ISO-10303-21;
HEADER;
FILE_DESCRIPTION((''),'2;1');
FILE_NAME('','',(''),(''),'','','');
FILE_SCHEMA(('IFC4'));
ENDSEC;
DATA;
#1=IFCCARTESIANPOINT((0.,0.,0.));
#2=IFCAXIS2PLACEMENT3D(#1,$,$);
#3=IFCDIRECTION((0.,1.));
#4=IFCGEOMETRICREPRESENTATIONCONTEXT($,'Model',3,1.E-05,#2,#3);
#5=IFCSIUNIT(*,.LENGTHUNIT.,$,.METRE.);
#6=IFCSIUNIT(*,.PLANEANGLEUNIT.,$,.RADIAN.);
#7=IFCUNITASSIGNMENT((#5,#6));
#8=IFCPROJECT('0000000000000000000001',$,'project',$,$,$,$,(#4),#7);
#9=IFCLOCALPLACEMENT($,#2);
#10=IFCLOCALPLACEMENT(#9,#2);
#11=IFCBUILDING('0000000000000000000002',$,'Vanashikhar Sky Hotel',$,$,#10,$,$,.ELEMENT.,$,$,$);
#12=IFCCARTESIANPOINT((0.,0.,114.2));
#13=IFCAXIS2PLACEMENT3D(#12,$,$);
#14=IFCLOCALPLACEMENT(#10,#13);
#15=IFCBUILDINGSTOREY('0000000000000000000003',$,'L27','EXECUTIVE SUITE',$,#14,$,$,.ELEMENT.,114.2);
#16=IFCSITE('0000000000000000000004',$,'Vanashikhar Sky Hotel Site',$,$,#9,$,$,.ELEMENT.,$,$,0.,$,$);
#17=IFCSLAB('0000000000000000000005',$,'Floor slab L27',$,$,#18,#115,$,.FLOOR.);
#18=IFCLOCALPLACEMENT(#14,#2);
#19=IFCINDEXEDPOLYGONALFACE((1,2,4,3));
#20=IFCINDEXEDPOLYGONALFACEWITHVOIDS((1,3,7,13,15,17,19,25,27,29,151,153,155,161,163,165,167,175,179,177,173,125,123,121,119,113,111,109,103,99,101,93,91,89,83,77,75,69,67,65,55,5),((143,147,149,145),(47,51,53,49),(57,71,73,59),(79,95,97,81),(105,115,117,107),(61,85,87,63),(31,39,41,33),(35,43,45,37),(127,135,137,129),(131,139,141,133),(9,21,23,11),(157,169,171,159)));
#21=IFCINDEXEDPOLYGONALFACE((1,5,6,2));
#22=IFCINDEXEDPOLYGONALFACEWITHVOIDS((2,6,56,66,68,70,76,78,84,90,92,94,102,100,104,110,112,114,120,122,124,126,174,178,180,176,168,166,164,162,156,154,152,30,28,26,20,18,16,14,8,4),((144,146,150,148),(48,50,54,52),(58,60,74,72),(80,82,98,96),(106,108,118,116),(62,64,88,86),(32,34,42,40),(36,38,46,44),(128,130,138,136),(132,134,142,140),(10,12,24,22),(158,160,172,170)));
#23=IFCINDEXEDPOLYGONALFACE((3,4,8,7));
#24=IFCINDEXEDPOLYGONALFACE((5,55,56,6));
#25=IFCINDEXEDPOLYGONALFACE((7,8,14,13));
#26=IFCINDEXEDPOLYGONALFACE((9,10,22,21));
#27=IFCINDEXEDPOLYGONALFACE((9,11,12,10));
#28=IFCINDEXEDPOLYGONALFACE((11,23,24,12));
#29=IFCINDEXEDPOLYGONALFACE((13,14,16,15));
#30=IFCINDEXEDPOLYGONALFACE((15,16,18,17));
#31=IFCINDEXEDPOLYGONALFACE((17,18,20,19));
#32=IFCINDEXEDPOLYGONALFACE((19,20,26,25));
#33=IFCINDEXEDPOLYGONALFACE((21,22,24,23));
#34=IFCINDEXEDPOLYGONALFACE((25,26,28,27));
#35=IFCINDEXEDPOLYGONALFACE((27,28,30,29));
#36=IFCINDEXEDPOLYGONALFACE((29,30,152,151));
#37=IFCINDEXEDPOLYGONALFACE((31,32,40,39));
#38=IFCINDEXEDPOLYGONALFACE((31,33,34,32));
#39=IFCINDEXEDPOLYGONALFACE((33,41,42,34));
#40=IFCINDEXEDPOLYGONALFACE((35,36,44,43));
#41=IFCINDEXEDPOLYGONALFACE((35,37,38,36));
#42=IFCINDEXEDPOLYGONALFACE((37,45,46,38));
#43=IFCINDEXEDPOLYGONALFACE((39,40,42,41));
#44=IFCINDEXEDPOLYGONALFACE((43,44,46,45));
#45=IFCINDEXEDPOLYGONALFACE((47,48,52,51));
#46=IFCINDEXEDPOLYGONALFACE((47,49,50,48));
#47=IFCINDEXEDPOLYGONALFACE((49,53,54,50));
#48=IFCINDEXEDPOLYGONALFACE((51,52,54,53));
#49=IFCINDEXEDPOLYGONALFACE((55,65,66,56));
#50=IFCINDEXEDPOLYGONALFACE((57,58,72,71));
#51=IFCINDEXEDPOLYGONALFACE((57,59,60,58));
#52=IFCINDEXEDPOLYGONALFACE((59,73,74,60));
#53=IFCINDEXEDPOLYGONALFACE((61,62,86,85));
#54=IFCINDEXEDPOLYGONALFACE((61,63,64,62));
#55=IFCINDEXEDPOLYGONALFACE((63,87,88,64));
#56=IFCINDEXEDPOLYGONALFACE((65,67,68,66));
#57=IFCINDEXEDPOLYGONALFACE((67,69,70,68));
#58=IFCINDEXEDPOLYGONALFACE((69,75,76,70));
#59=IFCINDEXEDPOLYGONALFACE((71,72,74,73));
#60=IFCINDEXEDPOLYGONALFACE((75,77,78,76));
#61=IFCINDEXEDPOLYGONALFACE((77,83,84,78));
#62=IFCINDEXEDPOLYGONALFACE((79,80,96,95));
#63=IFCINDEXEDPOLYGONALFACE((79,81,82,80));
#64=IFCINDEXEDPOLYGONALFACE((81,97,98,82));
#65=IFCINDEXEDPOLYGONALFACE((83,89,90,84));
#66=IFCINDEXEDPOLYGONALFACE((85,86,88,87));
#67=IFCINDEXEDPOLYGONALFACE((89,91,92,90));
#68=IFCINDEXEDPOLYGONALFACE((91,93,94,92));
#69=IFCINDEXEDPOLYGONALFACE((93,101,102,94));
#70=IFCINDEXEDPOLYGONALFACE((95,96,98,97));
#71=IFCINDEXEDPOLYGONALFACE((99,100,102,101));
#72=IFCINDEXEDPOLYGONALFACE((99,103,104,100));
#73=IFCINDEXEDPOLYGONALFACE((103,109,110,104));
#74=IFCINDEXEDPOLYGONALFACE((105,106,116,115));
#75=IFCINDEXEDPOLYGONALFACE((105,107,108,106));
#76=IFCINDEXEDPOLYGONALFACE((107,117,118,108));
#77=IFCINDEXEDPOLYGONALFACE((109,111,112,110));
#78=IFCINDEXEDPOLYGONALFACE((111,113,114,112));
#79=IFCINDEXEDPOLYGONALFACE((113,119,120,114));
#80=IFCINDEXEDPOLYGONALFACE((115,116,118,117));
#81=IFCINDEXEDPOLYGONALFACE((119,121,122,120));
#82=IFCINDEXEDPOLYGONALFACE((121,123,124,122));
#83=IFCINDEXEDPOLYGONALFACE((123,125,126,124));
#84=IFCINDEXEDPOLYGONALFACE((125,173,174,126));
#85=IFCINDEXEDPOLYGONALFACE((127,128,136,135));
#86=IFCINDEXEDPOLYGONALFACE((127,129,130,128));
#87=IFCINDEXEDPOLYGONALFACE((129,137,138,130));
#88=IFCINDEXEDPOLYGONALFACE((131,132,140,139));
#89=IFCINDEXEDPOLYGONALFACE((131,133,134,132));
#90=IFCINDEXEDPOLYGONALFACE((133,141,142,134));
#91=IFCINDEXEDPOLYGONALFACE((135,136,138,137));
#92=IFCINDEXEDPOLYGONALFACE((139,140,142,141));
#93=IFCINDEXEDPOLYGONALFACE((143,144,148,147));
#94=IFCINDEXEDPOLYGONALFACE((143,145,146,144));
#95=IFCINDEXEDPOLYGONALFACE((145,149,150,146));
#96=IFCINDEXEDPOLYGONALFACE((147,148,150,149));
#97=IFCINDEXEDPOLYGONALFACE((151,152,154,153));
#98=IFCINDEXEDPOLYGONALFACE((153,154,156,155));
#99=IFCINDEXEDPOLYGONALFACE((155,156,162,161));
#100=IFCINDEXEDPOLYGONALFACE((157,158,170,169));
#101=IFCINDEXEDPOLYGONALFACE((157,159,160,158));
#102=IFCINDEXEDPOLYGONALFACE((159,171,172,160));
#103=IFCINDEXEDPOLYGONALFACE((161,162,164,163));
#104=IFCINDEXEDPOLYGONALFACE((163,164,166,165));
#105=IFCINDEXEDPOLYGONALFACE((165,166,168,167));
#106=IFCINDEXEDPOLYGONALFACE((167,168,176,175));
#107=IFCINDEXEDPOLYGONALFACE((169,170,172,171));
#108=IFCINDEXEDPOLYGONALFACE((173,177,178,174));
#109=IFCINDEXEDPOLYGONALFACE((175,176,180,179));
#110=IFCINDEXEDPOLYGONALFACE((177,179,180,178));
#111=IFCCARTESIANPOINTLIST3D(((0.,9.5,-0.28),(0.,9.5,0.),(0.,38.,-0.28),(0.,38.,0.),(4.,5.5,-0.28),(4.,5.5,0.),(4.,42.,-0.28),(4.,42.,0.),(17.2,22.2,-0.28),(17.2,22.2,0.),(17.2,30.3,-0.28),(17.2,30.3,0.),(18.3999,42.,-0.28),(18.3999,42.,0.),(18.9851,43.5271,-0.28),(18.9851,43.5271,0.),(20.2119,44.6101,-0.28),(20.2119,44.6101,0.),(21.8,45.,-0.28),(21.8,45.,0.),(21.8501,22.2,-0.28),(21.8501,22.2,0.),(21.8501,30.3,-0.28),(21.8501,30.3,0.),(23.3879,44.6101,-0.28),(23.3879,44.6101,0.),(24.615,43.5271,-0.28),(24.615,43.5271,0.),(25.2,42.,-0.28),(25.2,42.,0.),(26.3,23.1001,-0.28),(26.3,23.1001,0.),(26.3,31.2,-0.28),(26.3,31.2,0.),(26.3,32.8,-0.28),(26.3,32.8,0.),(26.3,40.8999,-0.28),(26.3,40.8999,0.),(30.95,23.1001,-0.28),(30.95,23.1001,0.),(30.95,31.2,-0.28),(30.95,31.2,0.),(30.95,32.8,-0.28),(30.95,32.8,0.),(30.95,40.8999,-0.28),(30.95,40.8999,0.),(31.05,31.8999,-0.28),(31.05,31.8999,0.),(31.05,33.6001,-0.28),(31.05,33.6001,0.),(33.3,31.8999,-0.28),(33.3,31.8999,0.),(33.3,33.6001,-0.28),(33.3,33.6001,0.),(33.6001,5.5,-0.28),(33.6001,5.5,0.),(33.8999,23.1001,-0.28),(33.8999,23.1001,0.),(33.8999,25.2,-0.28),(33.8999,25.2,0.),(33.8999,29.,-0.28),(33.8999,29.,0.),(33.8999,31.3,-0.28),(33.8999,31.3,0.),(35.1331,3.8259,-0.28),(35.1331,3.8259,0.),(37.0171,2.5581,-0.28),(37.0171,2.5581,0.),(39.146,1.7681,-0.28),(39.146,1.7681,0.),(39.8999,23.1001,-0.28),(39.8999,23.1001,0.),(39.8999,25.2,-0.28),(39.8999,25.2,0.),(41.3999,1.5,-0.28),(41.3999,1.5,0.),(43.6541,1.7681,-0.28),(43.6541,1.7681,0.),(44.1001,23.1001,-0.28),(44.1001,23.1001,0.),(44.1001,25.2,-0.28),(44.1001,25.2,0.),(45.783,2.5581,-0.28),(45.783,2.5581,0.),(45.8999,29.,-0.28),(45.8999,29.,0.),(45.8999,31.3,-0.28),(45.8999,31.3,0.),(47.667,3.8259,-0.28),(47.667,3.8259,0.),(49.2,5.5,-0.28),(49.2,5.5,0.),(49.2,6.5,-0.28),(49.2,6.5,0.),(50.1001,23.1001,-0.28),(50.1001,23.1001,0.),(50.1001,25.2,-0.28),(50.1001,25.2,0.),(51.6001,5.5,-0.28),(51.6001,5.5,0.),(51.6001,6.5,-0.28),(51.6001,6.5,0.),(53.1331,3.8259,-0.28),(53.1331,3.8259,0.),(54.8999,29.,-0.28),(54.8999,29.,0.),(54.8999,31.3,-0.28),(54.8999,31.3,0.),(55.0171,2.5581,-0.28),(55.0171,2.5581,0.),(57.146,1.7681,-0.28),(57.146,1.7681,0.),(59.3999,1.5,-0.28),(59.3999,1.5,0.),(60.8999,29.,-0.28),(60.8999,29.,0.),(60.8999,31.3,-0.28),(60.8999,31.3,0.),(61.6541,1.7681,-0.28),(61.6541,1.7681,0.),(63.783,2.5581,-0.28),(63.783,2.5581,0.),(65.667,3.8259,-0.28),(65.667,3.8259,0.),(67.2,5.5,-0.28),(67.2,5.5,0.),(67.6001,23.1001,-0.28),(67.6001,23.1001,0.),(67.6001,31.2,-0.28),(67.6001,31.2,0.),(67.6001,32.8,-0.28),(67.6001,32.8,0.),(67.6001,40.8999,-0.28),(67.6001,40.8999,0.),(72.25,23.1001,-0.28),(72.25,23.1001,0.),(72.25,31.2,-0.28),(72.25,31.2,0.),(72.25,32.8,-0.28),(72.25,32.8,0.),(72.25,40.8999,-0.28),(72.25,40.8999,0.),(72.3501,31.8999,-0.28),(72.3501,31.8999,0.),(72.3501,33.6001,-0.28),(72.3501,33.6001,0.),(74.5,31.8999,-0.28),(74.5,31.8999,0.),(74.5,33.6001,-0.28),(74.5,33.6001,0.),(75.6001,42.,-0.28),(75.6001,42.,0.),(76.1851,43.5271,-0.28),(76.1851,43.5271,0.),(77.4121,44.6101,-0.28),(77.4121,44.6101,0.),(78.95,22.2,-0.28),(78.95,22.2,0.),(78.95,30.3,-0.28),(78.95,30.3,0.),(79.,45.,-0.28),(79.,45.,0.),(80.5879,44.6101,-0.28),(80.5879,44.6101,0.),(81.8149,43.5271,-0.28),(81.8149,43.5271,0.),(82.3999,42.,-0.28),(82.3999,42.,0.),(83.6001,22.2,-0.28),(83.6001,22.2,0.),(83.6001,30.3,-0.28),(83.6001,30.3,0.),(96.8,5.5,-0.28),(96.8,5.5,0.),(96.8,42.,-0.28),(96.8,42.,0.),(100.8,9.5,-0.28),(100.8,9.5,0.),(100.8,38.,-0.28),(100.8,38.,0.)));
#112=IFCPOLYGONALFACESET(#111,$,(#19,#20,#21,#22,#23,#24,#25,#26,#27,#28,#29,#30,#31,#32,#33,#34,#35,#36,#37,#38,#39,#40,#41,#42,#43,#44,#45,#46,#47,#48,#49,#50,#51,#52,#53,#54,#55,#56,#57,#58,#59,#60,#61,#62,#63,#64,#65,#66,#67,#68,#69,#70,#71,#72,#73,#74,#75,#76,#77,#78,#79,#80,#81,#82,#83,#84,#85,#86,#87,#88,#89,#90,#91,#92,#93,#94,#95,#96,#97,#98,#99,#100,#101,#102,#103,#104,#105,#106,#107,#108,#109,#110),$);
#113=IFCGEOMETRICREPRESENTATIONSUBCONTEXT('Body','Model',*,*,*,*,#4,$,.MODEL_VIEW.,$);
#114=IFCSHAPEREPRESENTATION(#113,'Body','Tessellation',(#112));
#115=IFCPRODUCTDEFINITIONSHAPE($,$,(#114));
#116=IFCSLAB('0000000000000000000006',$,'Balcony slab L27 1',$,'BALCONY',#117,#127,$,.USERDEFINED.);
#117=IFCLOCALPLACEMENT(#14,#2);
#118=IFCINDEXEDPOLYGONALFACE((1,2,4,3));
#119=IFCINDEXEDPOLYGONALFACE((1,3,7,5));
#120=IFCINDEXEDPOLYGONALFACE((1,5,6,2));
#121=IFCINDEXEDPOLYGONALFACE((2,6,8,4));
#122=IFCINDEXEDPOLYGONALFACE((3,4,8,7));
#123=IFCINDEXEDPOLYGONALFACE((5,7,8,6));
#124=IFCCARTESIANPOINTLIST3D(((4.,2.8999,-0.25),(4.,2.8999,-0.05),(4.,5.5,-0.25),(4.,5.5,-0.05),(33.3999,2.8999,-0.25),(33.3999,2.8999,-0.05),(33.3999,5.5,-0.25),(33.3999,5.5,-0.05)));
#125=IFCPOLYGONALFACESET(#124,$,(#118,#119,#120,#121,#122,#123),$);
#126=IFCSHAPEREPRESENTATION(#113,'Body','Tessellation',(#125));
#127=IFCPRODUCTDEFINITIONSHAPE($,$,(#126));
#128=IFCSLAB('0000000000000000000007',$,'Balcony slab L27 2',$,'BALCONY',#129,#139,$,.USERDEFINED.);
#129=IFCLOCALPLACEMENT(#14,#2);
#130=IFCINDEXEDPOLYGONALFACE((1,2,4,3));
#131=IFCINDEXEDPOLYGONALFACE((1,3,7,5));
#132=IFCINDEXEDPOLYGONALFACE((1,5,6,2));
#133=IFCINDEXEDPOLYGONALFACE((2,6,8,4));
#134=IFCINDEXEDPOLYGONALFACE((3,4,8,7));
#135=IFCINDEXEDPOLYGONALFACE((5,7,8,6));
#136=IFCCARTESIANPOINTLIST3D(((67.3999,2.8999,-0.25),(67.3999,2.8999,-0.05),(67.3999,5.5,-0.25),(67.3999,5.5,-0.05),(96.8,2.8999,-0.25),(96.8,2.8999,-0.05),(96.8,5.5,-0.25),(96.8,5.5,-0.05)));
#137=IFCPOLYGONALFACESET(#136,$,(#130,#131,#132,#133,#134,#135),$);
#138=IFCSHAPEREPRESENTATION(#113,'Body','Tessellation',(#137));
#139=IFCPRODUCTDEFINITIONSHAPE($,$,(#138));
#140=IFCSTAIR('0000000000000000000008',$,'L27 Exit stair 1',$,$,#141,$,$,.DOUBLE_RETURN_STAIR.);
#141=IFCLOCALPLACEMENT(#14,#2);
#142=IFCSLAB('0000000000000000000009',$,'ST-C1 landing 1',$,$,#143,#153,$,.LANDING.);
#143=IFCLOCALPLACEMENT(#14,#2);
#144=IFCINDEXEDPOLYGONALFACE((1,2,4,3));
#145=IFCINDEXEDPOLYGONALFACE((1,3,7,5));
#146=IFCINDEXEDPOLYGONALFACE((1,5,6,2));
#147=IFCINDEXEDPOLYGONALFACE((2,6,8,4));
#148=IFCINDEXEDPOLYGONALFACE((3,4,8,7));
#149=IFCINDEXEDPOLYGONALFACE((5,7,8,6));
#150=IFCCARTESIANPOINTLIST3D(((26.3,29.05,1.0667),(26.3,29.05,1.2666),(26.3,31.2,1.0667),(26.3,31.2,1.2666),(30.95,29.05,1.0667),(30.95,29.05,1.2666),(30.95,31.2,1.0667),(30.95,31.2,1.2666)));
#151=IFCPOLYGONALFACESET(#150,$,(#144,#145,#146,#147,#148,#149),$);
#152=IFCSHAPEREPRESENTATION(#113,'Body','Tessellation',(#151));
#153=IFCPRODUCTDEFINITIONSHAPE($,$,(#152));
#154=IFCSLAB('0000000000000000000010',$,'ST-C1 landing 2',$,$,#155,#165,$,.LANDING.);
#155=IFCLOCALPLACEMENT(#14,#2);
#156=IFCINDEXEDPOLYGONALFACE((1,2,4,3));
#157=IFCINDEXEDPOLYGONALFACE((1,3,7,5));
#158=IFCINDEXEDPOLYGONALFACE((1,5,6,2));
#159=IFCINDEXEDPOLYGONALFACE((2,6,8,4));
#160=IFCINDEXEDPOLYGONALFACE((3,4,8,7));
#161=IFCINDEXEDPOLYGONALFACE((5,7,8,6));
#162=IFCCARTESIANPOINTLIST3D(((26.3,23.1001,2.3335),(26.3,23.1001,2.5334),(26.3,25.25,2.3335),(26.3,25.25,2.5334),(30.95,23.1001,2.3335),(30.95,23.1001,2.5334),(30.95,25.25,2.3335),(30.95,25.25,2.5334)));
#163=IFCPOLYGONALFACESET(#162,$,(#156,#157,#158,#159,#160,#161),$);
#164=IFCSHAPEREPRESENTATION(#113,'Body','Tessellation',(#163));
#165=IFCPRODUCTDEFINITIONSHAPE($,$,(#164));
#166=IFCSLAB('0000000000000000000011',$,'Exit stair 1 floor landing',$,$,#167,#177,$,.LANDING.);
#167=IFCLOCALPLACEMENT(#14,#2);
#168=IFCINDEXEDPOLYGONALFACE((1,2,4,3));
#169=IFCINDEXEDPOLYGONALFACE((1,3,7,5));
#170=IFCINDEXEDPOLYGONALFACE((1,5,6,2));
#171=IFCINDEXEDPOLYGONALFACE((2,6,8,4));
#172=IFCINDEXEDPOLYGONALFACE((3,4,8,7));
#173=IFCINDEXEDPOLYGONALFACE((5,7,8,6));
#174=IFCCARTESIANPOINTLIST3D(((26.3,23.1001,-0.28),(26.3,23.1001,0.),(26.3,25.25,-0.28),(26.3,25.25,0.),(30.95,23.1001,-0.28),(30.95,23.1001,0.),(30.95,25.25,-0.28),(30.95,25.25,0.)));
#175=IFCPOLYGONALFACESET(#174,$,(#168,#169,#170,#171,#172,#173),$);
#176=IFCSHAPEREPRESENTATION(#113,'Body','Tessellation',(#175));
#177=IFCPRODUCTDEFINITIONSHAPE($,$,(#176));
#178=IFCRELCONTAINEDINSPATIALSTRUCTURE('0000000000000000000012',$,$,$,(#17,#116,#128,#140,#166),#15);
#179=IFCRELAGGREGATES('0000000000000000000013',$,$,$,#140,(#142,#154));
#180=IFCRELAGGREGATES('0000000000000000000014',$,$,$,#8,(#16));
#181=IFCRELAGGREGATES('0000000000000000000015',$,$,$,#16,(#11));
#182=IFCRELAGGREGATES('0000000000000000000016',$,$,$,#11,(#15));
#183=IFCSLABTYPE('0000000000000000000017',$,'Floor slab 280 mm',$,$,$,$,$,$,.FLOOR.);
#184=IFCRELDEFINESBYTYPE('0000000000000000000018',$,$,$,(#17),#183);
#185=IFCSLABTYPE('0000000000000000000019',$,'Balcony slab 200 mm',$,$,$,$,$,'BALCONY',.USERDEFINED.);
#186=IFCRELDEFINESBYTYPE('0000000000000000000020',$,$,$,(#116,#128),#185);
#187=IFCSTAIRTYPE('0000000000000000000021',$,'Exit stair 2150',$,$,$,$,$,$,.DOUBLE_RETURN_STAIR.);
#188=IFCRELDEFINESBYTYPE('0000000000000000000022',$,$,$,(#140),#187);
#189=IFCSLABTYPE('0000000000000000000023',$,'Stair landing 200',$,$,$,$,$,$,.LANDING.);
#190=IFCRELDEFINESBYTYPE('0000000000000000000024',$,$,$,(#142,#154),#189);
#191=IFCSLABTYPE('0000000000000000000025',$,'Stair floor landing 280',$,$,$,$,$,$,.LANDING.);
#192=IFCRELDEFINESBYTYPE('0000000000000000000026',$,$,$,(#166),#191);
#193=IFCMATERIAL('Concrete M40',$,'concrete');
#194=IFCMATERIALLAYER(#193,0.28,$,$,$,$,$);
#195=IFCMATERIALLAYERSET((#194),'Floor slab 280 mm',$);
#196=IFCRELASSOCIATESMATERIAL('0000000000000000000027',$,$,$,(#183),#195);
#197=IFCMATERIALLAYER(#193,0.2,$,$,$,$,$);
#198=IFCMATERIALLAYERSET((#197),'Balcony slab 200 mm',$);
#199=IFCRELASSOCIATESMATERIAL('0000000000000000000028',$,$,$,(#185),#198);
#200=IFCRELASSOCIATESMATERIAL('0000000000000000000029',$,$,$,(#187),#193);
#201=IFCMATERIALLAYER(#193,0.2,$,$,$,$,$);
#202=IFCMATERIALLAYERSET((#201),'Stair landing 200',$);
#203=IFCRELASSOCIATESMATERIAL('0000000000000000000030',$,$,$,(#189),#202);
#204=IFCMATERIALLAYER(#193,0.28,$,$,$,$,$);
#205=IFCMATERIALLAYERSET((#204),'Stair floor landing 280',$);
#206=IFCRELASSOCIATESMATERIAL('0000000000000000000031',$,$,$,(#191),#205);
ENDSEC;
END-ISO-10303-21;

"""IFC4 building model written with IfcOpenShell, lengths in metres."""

from ifc_helpers import new_model, si_unit, direction, frame, origin, place, context, subcontext, project, spatial, polyline, outline, extrude, source, transform, mapped, material, layer, layer_set, type_object, element, aggregate, save


model = new_model("IFC4")

# Units and contexts
model_context = context("Model", 3, precision=1e-05, world=origin(), true_north=direction((0.0, 1.0)))
body_context = subcontext(model_context, "Body", "Model", "MODEL_VIEW")
ifc_project = project(units=[si_unit("LENGTHUNIT", "METRE"), si_unit("PLANEANGLEUNIT", "RADIAN")], contexts=[model_context])

# Site, building, storey
site_placement = place(None, origin())
site = spatial("IfcSite", under=ifc_project, at=site_placement, Name="Vanashikhar Sky Hotel Site", CompositionType="ELEMENT", RefElevation=0.0)
building_placement = place(site_placement, origin())
building = spatial("IfcBuilding", under=site, at=building_placement, Name="Vanashikhar Sky Hotel", CompositionType="ELEMENT")
storey_placement = place(building_placement, frame((0.0, 0.0, 114.2)))
storey = spatial("IfcBuildingStorey", under=building, at=storey_placement, Name="L27", Description="EXECUTIVE SUITE", CompositionType="ELEMENT", Elevation=114.2)

# Slabs
ifc_material_1 = material(Name="Concrete M40", Category="concrete")
ifc_layer_1 = layer(ifc_material_1, 0.28)
ifc_layer_set_1 = layer_set([ifc_layer_1], Name="Floor slab 280 mm")
slab_type_1 = type_object("IfcSlabType", Name="Floor slab 280 mm", PredefinedType="FLOOR", material=ifc_layer_set_1)
shared_shape_1 = source(origin(), body_context, "Body", "SweptSolid", [
    extrude(outline(polyline([(49.2, 5.5), (49.2, 6.5), (51.6001, 6.5), (51.6001, 5.5), (53.1331, 3.8259), (55.0171, 2.5581), (57.146, 1.7681), (59.3999, 1.5), (61.6541, 1.7681), (63.783, 2.5581), (65.667, 3.8259), (67.2, 5.5), (96.8, 5.5), (100.8, 9.5), (100.8, 38.0), (96.8, 42.0), (82.3999, 42.0), (81.8149, 43.5271), (80.5879, 44.6101), (79.0, 45.0), (77.4121, 44.6101), (76.1851, 43.5271), (75.6001, 42.0), (25.2, 42.0), (24.615, 43.5271), (23.3879, 44.6101), (21.8, 45.0), (20.2119, 44.6101), (18.9851, 43.5271), (18.3999, 42.0), (4.0, 42.0), (0.0, 38.0), (0.0, 9.5), (4.0, 5.5), (33.6001, 5.5), (35.1331, 3.8259), (37.0171, 2.5581), (39.146, 1.7681), (41.3999, 1.5), (43.6541, 1.7681), (45.783, 2.5581), (47.667, 3.8259), (49.2, 5.5)]), holes=[polyline([(33.3, 33.6001), (31.05, 33.6001), (31.05, 31.8999), (33.3, 31.8999), (33.3, 33.6001)]), polyline([(33.8999, 25.2), (33.8999, 23.1001), (39.8999, 23.1001), (39.8999, 25.2), (33.8999, 25.2)]), polyline([(33.8999, 31.3), (33.8999, 29.0), (45.8999, 29.0), (45.8999, 31.3), (33.8999, 31.3)]), polyline([(44.1001, 25.2), (44.1001, 23.1001), (50.1001, 23.1001), (50.1001, 25.2), (44.1001, 25.2)]), polyline([(54.8999, 31.3), (54.8999, 29.0), (60.8999, 29.0), (60.8999, 31.3), (54.8999, 31.3)]), polyline([(74.5, 33.6001), (72.3501, 33.6001), (72.3501, 31.8999), (74.5, 31.8999), (74.5, 33.6001)]), polyline([(30.95, 23.1001), (30.95, 31.2), (26.3, 31.2), (26.3, 23.1001), (30.95, 23.1001)]), polyline([(72.25, 23.1001), (72.25, 31.2), (67.6001, 31.2), (67.6001, 23.1001), (72.25, 23.1001)]), polyline([(30.95, 32.8), (30.95, 40.8999), (26.3, 40.8999), (26.3, 32.8), (30.95, 32.8)]), polyline([(72.25, 32.8), (72.25, 40.8999), (67.6001, 40.8999), (67.6001, 32.8), (72.25, 32.8)]), polyline([(83.6001, 22.2), (83.6001, 30.3), (78.95, 30.3), (78.95, 22.2), (83.6001, 22.2)]), polyline([(21.8501, 22.2), (21.8501, 30.3), (17.2, 30.3), (17.2, 22.2), (21.8501, 22.2)])]), origin(), (0.0, 0.0, 1.0), 0.28),
])
slab_1_placement = place(storey_placement, frame((0.0, 0.0, -0.28)))
element("IfcSlab", 1, at=slab_1_placement, inside=storey, type_object=slab_type_1, Name="Floor slab L27", PredefinedType="FLOOR", context=body_context, shape_type="MappedRepresentation", body=[
    mapped(shared_shape_1, transform((0.0, 0.0, 0.0), scale=1.0)),
])
ifc_layer_2 = layer(ifc_material_1, 0.2)
ifc_layer_set_2 = layer_set([ifc_layer_2], Name="Balcony slab 200 mm")
slab_type_2 = type_object("IfcSlabType", Name="Balcony slab 200 mm", ElementType="BALCONY", PredefinedType="USERDEFINED", material=ifc_layer_set_2)
shared_shape_2 = source(origin(), body_context, "Body", "SweptSolid", [
    extrude(outline(polyline([(4.0, 2.8999), (33.3999, 2.8999), (33.3999, 5.5), (4.0, 5.5), (4.0, 2.8999)])), origin(), (0.0, 0.0, 1.0), 0.2),
])
slab_2_placement = place(storey_placement, frame((0.0, 0.0, -0.25)))
element("IfcSlab", 2, at=slab_2_placement, inside=storey, type_object=slab_type_2, Name="Balcony slab L27 1", ObjectType="BALCONY", PredefinedType="USERDEFINED", context=body_context, shape_type="MappedRepresentation", body=[
    mapped(shared_shape_2, transform((0.0, 0.0, 0.0), scale=1.0)),
])
shared_shape_3 = source(origin(), body_context, "Body", "SweptSolid", [
    extrude(outline(polyline([(67.3999, 2.8999), (96.8, 2.8999), (96.8, 5.5), (67.3999, 5.5), (67.3999, 2.8999)])), origin(), (0.0, 0.0, 1.0), 0.2),
])
slab_3_placement = place(storey_placement, frame((0.0, 0.0, -0.25)))
element("IfcSlab", 3, at=slab_3_placement, inside=storey, type_object=slab_type_2, Name="Balcony slab L27 2", ObjectType="BALCONY", PredefinedType="USERDEFINED", context=body_context, shape_type="MappedRepresentation", body=[
    mapped(shared_shape_3, transform((0.0, 0.0, 0.0), scale=1.0)),
])

# Stair, slabs
stair_type = type_object("IfcStairType", Name="Exit stair 2150", PredefinedType="DOUBLE_RETURN_STAIR", material=ifc_material_1)
stair_1_placement = place(storey_placement, origin())
stair_1 = element("IfcStair", 4, at=stair_1_placement, inside=storey, type_object=stair_type, Name="L27 Exit stair 1", PredefinedType="DOUBLE_RETURN_STAIR")
ifc_layer_3 = layer(ifc_material_1, 0.2)
ifc_layer_set_3 = layer_set([ifc_layer_3], Name="Stair landing 200")
slab_type_3 = type_object("IfcSlabType", Name="Stair landing 200", PredefinedType="LANDING", material=ifc_layer_set_3)
shared_shape_4 = source(origin(), body_context, "Body", "SweptSolid", [
    extrude(outline(polyline([(30.95, 29.05), (30.95, 31.2), (26.3, 31.2), (26.3, 29.05), (30.95, 29.05)])), origin(), (0.0, 0.0, 1.0), 0.2),
])
slab_4_placement = place(storey_placement, frame((0.0, 0.0, 1.0667)))
slab_4 = element("IfcSlab", 5, at=slab_4_placement, type_object=slab_type_3, Name="ST-C1 landing 1", PredefinedType="LANDING", context=body_context, shape_type="MappedRepresentation", body=[
    mapped(shared_shape_4, transform((0.0, 0.0, 0.0), scale=1.0)),
])
shared_shape_5 = source(origin(), body_context, "Body", "SweptSolid", [
    extrude(outline(polyline([(30.95, 23.1001), (30.95, 25.25), (26.3, 25.25), (26.3, 23.1001), (30.95, 23.1001)])), origin(), (0.0, 0.0, 1.0), 0.2),
])
slab_5_placement = place(storey_placement, frame((0.0, 0.0, 2.3335)))
slab_5 = element("IfcSlab", 6, at=slab_5_placement, type_object=slab_type_3, Name="ST-C1 landing 2", PredefinedType="LANDING", context=body_context, shape_type="MappedRepresentation", body=[
    mapped(shared_shape_5, transform((0.0, 0.0, 0.0), scale=1.0)),
])
aggregate(stair_1, [slab_4, slab_5])

# Slab
ifc_layer_4 = layer(ifc_material_1, 0.28)
ifc_layer_set_4 = layer_set([ifc_layer_4], Name="Stair floor landing 280")
slab_type_4 = type_object("IfcSlabType", Name="Stair floor landing 280", PredefinedType="LANDING", material=ifc_layer_set_4)
shared_shape_6 = source(origin(), body_context, "Body", "SweptSolid", [
    extrude(outline(polyline([(30.95, 23.1001), (30.95, 25.25), (26.3, 25.25), (26.3, 23.1001), (30.95, 23.1001)])), origin(), (0.0, 0.0, 1.0), 0.28),
])
slab_6_placement = place(storey_placement, frame((0.0, 0.0, -0.28)))
element("IfcSlab", 7, at=slab_6_placement, inside=storey, type_object=slab_type_4, Name="Exit stair 1 floor landing", PredefinedType="LANDING", context=body_context, shape_type="MappedRepresentation", body=[
    mapped(shared_shape_6, transform((0.0, 0.0, 0.0), scale=1.0)),
])

save(model, "model.ifc")
